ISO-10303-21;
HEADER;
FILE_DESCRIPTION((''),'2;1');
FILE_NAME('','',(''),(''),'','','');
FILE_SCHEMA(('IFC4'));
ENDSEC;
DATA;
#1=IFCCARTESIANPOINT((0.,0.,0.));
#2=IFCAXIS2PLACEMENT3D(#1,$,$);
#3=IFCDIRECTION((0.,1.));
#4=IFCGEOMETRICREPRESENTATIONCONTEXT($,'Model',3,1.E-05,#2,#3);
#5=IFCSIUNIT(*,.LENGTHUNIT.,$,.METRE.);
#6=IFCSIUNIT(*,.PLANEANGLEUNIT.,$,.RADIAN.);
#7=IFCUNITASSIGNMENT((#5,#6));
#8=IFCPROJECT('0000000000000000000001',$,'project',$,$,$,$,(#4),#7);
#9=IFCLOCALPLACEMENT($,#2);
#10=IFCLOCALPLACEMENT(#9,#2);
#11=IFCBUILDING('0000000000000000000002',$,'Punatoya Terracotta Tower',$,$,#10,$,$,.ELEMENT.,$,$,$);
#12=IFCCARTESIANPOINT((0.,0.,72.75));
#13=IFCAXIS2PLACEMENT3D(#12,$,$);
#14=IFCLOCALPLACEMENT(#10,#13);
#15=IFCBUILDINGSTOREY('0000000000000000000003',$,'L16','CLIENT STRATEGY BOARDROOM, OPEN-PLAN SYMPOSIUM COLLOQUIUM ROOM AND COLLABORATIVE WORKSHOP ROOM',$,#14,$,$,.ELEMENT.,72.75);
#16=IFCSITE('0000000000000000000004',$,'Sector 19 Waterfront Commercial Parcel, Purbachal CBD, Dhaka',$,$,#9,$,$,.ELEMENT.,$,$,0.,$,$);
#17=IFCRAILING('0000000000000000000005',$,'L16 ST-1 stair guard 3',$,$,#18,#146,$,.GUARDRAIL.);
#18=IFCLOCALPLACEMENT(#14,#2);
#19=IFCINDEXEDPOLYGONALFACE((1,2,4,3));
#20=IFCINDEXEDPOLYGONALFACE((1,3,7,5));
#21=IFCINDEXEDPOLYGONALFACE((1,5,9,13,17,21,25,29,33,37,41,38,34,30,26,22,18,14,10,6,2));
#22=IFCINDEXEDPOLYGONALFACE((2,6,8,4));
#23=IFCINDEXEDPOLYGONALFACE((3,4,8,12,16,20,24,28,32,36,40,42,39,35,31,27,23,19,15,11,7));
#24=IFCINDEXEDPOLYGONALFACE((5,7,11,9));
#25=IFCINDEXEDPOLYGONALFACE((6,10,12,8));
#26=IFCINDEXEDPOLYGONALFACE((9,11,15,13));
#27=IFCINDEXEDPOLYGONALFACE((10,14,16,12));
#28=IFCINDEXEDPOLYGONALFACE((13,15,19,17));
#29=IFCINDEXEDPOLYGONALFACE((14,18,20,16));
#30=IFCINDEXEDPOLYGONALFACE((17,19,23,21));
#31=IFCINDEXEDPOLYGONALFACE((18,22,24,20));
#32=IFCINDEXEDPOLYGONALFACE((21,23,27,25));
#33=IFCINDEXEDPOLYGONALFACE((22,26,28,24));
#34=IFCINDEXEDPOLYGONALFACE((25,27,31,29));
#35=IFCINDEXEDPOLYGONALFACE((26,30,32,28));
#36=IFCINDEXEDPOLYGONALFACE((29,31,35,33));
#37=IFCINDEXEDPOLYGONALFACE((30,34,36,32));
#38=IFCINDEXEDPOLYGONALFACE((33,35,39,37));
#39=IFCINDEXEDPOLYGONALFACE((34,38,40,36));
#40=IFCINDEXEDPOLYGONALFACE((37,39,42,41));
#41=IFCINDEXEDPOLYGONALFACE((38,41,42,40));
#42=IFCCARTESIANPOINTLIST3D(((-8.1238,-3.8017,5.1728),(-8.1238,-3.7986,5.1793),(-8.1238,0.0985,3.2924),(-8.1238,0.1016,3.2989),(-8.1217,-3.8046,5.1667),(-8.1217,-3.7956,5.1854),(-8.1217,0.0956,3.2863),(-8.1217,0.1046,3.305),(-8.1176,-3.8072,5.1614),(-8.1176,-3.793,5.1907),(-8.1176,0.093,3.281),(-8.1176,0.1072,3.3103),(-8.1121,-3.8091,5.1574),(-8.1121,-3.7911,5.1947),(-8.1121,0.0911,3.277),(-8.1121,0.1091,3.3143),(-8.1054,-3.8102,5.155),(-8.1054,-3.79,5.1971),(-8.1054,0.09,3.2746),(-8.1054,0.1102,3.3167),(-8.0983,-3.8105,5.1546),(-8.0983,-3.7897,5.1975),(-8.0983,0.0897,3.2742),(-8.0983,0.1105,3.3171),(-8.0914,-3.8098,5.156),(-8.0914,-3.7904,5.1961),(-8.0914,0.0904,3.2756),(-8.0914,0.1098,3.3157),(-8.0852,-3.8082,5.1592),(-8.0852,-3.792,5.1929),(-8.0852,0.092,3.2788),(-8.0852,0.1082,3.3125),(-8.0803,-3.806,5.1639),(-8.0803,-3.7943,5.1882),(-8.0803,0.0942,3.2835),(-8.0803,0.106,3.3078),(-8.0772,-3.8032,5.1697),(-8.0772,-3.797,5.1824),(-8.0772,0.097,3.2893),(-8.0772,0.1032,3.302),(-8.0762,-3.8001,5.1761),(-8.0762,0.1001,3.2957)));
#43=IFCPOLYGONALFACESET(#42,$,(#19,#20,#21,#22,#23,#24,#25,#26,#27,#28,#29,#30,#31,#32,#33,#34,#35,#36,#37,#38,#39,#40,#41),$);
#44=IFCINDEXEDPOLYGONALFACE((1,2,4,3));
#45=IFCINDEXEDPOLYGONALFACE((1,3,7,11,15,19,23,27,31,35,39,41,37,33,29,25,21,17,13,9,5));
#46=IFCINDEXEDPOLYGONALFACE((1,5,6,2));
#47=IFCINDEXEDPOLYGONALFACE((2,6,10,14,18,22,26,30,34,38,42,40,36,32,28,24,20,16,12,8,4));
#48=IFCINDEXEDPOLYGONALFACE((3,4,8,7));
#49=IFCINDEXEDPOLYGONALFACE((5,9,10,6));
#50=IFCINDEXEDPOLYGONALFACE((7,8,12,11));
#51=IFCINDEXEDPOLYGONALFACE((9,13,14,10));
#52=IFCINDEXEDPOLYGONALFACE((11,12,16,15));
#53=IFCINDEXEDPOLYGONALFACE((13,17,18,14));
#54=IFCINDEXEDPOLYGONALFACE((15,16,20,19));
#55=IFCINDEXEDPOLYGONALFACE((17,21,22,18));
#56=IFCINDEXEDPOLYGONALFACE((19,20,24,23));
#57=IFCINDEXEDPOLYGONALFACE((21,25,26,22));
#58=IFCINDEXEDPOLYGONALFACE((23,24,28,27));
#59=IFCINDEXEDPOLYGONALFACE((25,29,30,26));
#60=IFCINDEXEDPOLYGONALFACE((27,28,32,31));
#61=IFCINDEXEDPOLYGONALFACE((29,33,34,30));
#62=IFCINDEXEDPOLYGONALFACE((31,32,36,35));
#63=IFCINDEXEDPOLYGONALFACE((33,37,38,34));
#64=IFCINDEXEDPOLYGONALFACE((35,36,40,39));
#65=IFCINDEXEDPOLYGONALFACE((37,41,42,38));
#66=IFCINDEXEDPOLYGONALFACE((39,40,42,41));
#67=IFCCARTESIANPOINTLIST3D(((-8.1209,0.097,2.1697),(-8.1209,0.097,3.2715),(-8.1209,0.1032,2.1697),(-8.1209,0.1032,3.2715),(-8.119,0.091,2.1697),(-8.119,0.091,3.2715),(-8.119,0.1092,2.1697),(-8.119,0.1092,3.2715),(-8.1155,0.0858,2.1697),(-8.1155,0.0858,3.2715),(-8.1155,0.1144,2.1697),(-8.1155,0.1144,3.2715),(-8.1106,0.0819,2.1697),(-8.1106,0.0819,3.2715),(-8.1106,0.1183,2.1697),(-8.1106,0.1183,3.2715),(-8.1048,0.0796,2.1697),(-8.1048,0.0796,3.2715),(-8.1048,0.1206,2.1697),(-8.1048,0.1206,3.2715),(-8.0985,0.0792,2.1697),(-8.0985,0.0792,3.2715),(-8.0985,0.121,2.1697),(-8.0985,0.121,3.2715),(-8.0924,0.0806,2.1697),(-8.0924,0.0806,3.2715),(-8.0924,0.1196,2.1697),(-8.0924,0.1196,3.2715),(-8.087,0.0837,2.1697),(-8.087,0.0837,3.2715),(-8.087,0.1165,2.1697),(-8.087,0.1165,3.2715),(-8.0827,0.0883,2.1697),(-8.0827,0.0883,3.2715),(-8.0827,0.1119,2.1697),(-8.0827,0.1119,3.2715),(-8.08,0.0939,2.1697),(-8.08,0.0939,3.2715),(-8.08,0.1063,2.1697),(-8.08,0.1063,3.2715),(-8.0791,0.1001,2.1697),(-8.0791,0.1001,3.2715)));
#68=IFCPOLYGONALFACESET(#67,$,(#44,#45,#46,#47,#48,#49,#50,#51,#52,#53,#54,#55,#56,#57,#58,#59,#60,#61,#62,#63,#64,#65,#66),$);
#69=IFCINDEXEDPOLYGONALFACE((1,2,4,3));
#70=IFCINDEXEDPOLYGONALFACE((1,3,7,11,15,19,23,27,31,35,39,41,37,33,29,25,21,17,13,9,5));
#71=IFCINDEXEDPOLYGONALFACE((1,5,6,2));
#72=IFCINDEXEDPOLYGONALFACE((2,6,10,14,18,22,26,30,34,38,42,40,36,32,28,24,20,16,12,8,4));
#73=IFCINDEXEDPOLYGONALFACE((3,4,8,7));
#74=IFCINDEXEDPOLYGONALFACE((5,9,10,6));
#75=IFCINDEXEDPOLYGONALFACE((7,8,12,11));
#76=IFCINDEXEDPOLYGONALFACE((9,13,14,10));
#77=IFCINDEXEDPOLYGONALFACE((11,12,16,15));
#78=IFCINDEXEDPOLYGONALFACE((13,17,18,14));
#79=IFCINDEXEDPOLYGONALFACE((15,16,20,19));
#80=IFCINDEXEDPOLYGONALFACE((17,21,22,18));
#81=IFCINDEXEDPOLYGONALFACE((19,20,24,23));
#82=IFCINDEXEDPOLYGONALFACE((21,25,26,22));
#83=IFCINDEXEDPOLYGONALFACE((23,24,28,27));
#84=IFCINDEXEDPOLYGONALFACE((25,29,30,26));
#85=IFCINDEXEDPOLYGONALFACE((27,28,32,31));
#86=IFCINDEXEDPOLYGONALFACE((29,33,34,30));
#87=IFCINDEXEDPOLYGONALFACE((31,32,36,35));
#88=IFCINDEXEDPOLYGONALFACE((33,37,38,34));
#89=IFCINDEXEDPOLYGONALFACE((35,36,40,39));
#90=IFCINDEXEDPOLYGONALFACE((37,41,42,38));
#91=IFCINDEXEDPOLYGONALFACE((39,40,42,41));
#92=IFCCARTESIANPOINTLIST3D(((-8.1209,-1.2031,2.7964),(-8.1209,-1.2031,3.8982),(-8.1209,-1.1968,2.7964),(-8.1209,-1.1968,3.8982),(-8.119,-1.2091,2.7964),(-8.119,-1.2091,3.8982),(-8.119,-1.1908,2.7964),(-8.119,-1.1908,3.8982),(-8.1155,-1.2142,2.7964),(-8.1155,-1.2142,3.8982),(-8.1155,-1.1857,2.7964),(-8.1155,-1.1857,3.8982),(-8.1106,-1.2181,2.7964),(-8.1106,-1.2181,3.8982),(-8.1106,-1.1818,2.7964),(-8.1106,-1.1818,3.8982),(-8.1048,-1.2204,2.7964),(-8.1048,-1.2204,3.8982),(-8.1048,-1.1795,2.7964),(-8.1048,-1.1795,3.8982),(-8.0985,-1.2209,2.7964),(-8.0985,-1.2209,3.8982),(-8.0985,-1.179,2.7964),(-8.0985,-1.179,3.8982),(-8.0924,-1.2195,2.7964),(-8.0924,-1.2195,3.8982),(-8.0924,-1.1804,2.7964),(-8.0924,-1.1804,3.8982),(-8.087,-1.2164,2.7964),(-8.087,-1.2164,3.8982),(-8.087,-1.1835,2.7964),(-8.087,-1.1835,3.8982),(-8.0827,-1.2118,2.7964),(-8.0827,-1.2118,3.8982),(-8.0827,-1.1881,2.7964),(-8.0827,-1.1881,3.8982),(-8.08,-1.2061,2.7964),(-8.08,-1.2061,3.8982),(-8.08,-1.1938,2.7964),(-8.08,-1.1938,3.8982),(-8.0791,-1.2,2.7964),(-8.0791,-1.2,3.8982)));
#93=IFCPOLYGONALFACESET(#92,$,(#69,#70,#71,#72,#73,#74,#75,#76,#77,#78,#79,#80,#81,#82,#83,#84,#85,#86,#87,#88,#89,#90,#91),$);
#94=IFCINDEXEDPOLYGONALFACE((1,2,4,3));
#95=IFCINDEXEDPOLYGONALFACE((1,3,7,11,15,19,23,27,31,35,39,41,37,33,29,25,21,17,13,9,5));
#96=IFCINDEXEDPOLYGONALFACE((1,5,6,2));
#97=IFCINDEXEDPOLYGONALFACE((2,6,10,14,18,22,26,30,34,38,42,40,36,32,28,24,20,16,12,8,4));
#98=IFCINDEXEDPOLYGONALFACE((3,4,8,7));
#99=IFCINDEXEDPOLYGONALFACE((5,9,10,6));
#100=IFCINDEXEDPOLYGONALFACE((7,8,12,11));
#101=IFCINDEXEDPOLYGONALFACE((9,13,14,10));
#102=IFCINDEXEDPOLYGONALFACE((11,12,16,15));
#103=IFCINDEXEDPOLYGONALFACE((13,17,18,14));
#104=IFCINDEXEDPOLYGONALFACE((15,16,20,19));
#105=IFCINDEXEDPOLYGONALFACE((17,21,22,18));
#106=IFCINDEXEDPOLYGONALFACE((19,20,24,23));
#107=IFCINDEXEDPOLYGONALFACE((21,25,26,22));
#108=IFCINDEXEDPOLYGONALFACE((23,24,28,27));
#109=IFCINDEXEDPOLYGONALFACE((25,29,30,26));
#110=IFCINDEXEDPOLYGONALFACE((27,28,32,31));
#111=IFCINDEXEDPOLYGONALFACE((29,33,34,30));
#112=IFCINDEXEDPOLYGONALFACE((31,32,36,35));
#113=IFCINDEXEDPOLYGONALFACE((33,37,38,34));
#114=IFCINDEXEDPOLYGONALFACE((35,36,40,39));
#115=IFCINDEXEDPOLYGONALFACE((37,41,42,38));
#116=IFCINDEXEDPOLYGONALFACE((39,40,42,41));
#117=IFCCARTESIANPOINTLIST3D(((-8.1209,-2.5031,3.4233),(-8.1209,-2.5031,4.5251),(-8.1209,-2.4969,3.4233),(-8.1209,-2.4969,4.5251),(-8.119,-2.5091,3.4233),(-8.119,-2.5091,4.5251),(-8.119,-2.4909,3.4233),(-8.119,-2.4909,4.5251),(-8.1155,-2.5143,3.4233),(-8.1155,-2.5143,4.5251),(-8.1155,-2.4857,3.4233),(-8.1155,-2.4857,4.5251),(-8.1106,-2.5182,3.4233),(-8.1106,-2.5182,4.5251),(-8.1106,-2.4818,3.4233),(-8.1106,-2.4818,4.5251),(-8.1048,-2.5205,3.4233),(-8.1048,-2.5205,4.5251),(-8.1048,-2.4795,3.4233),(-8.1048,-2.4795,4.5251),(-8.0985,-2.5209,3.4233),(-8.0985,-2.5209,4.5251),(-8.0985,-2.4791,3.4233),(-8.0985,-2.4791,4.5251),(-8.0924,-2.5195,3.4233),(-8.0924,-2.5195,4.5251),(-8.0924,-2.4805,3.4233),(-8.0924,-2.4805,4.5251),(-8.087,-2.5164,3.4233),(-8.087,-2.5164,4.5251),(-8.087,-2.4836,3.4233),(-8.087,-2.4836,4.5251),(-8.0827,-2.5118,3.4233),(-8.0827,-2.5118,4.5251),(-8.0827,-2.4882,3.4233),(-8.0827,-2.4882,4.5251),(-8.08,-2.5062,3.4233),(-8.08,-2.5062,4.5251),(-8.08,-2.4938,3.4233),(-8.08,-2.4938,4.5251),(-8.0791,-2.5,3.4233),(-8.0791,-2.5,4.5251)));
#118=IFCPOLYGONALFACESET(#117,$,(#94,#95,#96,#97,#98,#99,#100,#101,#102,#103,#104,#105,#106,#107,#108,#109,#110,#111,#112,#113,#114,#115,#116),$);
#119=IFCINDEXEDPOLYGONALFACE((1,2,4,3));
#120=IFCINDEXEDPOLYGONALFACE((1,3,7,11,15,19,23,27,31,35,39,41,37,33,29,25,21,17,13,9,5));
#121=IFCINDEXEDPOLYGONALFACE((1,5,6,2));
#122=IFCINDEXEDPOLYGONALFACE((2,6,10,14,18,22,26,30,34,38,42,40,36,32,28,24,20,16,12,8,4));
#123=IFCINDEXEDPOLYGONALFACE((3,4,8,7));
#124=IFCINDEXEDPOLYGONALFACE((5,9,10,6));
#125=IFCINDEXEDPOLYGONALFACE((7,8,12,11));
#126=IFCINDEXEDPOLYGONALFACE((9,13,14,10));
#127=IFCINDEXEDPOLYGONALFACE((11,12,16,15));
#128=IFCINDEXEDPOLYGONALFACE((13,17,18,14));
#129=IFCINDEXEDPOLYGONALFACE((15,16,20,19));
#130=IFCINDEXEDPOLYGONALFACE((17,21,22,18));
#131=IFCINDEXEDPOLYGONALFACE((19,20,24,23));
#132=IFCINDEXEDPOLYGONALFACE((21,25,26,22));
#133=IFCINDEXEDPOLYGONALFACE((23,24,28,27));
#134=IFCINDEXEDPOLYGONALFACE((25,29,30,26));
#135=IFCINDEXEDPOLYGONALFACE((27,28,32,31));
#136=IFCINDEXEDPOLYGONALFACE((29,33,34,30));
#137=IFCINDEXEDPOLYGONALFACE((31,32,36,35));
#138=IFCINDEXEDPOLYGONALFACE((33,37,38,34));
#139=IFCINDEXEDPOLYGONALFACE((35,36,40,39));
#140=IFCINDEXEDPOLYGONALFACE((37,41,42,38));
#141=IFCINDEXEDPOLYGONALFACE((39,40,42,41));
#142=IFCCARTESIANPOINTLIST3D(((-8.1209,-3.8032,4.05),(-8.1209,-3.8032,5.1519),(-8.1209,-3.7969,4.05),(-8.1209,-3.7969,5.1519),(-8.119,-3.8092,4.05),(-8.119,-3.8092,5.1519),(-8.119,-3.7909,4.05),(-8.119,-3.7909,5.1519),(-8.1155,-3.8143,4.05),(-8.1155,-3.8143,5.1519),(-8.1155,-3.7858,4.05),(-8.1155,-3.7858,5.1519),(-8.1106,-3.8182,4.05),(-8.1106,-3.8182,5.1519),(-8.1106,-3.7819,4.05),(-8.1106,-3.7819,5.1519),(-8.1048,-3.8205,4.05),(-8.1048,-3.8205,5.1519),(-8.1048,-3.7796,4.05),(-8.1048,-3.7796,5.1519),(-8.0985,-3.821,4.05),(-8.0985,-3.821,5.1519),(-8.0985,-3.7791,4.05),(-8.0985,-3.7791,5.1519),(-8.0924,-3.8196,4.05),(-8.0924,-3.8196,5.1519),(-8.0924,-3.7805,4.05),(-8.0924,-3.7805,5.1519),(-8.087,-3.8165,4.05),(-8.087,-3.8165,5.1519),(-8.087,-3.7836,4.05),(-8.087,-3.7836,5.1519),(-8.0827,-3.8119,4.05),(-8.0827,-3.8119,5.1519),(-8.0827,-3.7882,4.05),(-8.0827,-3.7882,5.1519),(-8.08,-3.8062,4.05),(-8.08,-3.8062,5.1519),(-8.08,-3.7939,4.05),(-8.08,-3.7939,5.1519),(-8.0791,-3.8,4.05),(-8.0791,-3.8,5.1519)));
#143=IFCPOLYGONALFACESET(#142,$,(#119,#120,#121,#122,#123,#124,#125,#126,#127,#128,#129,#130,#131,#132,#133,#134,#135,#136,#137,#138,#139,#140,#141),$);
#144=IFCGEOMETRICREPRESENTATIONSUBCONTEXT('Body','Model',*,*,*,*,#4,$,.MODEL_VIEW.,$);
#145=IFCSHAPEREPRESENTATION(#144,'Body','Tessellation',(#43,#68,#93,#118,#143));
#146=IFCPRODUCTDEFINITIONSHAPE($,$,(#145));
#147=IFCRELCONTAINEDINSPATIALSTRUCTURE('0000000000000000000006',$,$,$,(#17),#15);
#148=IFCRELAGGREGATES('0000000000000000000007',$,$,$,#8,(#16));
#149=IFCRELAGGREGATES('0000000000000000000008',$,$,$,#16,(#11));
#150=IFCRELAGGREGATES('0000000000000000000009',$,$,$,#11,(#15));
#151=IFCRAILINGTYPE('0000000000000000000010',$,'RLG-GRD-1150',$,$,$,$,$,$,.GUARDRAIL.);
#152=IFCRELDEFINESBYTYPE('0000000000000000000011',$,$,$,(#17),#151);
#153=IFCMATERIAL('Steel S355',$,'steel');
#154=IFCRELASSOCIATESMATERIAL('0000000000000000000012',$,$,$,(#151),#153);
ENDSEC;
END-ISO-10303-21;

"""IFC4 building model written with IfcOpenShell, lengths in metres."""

from ifc_helpers import new_model, si_unit, direction, frame, origin, origin_2d, place, context, subcontext, project, spatial, circle, extrude, material, type_object, element, save


model = new_model("IFC4")

# Units and contexts
model_context = context("Model", 3, precision=1e-05, world=origin(), true_north=direction((0.0, 1.0)))
body_context = subcontext(model_context, "Body", "Model", "MODEL_VIEW")
ifc_project = project(units=[si_unit("LENGTHUNIT", "METRE"), si_unit("PLANEANGLEUNIT", "RADIAN")], contexts=[model_context])

# Site, building, storey
site_placement = place(None, origin())
site = spatial("IfcSite", under=ifc_project, at=site_placement, Name="Sector 19 Waterfront Commercial Parcel, Purbachal CBD, Dhaka", CompositionType="ELEMENT", RefElevation=0.0)
building_placement = place(site_placement, origin())
building = spatial("IfcBuilding", under=site, at=building_placement, Name="Punatoya Terracotta Tower", CompositionType="ELEMENT")
storey_placement = place(building_placement, frame((0.0, 0.0, 72.75)))
storey = spatial("IfcBuildingStorey", under=building, at=storey_placement, Name="L16", Description="CLIENT STRATEGY BOARDROOM, OPEN-PLAN SYMPOSIUM COLLOQUIUM ROOM AND COLLABORATIVE WORKSHOP ROOM", CompositionType="ELEMENT", Elevation=72.75)

# Shared definitions
ifc_material_1 = material(Name="Steel S355", Category="steel")

# Railing
railing_type_1 = type_object("IfcRailingType", Name="RLG-GRD-1150", PredefinedType="GUARDRAIL", material=ifc_material_1)
railing_1_placement = place(storey_placement, frame((-8.1001, 0.1001, 2.1697)))
element("IfcRailing", 1, at=railing_1_placement, inside=storey, type_object=railing_type_1, Name="L16 ST-1 stair guard 3", PredefinedType="GUARDRAIL", context=body_context, shape_type="SweptSolid", body=[
    extrude(circle(Radius=0.0239, at=origin_2d()), frame((0.0, 0.0, 1.126), z_axis=(0.0, -0.900774, 0.434289), x_axis=(1.0, 0.0, 0.0)), (0.0, 0.0, 1.0), 4.3298),
    extrude(circle(Radius=0.021, at=origin_2d()), origin(), (0.0, 0.0, 1.0), 1.1018),
    extrude(circle(Radius=0.021, at=origin_2d()), frame((0.0, -1.3, 0.6267)), (0.0, 0.0, 1.0), 1.1018),
    extrude(circle(Radius=0.021, at=origin_2d()), frame((0.0, -2.6001, 1.2537)), (0.0, 0.0, 1.0), 1.1018),
    extrude(circle(Radius=0.021, at=origin_2d()), frame((0.0, -3.9001, 1.8804)), (0.0, 0.0, 1.0), 1.1018),
])

save(model, "model.ifc")
